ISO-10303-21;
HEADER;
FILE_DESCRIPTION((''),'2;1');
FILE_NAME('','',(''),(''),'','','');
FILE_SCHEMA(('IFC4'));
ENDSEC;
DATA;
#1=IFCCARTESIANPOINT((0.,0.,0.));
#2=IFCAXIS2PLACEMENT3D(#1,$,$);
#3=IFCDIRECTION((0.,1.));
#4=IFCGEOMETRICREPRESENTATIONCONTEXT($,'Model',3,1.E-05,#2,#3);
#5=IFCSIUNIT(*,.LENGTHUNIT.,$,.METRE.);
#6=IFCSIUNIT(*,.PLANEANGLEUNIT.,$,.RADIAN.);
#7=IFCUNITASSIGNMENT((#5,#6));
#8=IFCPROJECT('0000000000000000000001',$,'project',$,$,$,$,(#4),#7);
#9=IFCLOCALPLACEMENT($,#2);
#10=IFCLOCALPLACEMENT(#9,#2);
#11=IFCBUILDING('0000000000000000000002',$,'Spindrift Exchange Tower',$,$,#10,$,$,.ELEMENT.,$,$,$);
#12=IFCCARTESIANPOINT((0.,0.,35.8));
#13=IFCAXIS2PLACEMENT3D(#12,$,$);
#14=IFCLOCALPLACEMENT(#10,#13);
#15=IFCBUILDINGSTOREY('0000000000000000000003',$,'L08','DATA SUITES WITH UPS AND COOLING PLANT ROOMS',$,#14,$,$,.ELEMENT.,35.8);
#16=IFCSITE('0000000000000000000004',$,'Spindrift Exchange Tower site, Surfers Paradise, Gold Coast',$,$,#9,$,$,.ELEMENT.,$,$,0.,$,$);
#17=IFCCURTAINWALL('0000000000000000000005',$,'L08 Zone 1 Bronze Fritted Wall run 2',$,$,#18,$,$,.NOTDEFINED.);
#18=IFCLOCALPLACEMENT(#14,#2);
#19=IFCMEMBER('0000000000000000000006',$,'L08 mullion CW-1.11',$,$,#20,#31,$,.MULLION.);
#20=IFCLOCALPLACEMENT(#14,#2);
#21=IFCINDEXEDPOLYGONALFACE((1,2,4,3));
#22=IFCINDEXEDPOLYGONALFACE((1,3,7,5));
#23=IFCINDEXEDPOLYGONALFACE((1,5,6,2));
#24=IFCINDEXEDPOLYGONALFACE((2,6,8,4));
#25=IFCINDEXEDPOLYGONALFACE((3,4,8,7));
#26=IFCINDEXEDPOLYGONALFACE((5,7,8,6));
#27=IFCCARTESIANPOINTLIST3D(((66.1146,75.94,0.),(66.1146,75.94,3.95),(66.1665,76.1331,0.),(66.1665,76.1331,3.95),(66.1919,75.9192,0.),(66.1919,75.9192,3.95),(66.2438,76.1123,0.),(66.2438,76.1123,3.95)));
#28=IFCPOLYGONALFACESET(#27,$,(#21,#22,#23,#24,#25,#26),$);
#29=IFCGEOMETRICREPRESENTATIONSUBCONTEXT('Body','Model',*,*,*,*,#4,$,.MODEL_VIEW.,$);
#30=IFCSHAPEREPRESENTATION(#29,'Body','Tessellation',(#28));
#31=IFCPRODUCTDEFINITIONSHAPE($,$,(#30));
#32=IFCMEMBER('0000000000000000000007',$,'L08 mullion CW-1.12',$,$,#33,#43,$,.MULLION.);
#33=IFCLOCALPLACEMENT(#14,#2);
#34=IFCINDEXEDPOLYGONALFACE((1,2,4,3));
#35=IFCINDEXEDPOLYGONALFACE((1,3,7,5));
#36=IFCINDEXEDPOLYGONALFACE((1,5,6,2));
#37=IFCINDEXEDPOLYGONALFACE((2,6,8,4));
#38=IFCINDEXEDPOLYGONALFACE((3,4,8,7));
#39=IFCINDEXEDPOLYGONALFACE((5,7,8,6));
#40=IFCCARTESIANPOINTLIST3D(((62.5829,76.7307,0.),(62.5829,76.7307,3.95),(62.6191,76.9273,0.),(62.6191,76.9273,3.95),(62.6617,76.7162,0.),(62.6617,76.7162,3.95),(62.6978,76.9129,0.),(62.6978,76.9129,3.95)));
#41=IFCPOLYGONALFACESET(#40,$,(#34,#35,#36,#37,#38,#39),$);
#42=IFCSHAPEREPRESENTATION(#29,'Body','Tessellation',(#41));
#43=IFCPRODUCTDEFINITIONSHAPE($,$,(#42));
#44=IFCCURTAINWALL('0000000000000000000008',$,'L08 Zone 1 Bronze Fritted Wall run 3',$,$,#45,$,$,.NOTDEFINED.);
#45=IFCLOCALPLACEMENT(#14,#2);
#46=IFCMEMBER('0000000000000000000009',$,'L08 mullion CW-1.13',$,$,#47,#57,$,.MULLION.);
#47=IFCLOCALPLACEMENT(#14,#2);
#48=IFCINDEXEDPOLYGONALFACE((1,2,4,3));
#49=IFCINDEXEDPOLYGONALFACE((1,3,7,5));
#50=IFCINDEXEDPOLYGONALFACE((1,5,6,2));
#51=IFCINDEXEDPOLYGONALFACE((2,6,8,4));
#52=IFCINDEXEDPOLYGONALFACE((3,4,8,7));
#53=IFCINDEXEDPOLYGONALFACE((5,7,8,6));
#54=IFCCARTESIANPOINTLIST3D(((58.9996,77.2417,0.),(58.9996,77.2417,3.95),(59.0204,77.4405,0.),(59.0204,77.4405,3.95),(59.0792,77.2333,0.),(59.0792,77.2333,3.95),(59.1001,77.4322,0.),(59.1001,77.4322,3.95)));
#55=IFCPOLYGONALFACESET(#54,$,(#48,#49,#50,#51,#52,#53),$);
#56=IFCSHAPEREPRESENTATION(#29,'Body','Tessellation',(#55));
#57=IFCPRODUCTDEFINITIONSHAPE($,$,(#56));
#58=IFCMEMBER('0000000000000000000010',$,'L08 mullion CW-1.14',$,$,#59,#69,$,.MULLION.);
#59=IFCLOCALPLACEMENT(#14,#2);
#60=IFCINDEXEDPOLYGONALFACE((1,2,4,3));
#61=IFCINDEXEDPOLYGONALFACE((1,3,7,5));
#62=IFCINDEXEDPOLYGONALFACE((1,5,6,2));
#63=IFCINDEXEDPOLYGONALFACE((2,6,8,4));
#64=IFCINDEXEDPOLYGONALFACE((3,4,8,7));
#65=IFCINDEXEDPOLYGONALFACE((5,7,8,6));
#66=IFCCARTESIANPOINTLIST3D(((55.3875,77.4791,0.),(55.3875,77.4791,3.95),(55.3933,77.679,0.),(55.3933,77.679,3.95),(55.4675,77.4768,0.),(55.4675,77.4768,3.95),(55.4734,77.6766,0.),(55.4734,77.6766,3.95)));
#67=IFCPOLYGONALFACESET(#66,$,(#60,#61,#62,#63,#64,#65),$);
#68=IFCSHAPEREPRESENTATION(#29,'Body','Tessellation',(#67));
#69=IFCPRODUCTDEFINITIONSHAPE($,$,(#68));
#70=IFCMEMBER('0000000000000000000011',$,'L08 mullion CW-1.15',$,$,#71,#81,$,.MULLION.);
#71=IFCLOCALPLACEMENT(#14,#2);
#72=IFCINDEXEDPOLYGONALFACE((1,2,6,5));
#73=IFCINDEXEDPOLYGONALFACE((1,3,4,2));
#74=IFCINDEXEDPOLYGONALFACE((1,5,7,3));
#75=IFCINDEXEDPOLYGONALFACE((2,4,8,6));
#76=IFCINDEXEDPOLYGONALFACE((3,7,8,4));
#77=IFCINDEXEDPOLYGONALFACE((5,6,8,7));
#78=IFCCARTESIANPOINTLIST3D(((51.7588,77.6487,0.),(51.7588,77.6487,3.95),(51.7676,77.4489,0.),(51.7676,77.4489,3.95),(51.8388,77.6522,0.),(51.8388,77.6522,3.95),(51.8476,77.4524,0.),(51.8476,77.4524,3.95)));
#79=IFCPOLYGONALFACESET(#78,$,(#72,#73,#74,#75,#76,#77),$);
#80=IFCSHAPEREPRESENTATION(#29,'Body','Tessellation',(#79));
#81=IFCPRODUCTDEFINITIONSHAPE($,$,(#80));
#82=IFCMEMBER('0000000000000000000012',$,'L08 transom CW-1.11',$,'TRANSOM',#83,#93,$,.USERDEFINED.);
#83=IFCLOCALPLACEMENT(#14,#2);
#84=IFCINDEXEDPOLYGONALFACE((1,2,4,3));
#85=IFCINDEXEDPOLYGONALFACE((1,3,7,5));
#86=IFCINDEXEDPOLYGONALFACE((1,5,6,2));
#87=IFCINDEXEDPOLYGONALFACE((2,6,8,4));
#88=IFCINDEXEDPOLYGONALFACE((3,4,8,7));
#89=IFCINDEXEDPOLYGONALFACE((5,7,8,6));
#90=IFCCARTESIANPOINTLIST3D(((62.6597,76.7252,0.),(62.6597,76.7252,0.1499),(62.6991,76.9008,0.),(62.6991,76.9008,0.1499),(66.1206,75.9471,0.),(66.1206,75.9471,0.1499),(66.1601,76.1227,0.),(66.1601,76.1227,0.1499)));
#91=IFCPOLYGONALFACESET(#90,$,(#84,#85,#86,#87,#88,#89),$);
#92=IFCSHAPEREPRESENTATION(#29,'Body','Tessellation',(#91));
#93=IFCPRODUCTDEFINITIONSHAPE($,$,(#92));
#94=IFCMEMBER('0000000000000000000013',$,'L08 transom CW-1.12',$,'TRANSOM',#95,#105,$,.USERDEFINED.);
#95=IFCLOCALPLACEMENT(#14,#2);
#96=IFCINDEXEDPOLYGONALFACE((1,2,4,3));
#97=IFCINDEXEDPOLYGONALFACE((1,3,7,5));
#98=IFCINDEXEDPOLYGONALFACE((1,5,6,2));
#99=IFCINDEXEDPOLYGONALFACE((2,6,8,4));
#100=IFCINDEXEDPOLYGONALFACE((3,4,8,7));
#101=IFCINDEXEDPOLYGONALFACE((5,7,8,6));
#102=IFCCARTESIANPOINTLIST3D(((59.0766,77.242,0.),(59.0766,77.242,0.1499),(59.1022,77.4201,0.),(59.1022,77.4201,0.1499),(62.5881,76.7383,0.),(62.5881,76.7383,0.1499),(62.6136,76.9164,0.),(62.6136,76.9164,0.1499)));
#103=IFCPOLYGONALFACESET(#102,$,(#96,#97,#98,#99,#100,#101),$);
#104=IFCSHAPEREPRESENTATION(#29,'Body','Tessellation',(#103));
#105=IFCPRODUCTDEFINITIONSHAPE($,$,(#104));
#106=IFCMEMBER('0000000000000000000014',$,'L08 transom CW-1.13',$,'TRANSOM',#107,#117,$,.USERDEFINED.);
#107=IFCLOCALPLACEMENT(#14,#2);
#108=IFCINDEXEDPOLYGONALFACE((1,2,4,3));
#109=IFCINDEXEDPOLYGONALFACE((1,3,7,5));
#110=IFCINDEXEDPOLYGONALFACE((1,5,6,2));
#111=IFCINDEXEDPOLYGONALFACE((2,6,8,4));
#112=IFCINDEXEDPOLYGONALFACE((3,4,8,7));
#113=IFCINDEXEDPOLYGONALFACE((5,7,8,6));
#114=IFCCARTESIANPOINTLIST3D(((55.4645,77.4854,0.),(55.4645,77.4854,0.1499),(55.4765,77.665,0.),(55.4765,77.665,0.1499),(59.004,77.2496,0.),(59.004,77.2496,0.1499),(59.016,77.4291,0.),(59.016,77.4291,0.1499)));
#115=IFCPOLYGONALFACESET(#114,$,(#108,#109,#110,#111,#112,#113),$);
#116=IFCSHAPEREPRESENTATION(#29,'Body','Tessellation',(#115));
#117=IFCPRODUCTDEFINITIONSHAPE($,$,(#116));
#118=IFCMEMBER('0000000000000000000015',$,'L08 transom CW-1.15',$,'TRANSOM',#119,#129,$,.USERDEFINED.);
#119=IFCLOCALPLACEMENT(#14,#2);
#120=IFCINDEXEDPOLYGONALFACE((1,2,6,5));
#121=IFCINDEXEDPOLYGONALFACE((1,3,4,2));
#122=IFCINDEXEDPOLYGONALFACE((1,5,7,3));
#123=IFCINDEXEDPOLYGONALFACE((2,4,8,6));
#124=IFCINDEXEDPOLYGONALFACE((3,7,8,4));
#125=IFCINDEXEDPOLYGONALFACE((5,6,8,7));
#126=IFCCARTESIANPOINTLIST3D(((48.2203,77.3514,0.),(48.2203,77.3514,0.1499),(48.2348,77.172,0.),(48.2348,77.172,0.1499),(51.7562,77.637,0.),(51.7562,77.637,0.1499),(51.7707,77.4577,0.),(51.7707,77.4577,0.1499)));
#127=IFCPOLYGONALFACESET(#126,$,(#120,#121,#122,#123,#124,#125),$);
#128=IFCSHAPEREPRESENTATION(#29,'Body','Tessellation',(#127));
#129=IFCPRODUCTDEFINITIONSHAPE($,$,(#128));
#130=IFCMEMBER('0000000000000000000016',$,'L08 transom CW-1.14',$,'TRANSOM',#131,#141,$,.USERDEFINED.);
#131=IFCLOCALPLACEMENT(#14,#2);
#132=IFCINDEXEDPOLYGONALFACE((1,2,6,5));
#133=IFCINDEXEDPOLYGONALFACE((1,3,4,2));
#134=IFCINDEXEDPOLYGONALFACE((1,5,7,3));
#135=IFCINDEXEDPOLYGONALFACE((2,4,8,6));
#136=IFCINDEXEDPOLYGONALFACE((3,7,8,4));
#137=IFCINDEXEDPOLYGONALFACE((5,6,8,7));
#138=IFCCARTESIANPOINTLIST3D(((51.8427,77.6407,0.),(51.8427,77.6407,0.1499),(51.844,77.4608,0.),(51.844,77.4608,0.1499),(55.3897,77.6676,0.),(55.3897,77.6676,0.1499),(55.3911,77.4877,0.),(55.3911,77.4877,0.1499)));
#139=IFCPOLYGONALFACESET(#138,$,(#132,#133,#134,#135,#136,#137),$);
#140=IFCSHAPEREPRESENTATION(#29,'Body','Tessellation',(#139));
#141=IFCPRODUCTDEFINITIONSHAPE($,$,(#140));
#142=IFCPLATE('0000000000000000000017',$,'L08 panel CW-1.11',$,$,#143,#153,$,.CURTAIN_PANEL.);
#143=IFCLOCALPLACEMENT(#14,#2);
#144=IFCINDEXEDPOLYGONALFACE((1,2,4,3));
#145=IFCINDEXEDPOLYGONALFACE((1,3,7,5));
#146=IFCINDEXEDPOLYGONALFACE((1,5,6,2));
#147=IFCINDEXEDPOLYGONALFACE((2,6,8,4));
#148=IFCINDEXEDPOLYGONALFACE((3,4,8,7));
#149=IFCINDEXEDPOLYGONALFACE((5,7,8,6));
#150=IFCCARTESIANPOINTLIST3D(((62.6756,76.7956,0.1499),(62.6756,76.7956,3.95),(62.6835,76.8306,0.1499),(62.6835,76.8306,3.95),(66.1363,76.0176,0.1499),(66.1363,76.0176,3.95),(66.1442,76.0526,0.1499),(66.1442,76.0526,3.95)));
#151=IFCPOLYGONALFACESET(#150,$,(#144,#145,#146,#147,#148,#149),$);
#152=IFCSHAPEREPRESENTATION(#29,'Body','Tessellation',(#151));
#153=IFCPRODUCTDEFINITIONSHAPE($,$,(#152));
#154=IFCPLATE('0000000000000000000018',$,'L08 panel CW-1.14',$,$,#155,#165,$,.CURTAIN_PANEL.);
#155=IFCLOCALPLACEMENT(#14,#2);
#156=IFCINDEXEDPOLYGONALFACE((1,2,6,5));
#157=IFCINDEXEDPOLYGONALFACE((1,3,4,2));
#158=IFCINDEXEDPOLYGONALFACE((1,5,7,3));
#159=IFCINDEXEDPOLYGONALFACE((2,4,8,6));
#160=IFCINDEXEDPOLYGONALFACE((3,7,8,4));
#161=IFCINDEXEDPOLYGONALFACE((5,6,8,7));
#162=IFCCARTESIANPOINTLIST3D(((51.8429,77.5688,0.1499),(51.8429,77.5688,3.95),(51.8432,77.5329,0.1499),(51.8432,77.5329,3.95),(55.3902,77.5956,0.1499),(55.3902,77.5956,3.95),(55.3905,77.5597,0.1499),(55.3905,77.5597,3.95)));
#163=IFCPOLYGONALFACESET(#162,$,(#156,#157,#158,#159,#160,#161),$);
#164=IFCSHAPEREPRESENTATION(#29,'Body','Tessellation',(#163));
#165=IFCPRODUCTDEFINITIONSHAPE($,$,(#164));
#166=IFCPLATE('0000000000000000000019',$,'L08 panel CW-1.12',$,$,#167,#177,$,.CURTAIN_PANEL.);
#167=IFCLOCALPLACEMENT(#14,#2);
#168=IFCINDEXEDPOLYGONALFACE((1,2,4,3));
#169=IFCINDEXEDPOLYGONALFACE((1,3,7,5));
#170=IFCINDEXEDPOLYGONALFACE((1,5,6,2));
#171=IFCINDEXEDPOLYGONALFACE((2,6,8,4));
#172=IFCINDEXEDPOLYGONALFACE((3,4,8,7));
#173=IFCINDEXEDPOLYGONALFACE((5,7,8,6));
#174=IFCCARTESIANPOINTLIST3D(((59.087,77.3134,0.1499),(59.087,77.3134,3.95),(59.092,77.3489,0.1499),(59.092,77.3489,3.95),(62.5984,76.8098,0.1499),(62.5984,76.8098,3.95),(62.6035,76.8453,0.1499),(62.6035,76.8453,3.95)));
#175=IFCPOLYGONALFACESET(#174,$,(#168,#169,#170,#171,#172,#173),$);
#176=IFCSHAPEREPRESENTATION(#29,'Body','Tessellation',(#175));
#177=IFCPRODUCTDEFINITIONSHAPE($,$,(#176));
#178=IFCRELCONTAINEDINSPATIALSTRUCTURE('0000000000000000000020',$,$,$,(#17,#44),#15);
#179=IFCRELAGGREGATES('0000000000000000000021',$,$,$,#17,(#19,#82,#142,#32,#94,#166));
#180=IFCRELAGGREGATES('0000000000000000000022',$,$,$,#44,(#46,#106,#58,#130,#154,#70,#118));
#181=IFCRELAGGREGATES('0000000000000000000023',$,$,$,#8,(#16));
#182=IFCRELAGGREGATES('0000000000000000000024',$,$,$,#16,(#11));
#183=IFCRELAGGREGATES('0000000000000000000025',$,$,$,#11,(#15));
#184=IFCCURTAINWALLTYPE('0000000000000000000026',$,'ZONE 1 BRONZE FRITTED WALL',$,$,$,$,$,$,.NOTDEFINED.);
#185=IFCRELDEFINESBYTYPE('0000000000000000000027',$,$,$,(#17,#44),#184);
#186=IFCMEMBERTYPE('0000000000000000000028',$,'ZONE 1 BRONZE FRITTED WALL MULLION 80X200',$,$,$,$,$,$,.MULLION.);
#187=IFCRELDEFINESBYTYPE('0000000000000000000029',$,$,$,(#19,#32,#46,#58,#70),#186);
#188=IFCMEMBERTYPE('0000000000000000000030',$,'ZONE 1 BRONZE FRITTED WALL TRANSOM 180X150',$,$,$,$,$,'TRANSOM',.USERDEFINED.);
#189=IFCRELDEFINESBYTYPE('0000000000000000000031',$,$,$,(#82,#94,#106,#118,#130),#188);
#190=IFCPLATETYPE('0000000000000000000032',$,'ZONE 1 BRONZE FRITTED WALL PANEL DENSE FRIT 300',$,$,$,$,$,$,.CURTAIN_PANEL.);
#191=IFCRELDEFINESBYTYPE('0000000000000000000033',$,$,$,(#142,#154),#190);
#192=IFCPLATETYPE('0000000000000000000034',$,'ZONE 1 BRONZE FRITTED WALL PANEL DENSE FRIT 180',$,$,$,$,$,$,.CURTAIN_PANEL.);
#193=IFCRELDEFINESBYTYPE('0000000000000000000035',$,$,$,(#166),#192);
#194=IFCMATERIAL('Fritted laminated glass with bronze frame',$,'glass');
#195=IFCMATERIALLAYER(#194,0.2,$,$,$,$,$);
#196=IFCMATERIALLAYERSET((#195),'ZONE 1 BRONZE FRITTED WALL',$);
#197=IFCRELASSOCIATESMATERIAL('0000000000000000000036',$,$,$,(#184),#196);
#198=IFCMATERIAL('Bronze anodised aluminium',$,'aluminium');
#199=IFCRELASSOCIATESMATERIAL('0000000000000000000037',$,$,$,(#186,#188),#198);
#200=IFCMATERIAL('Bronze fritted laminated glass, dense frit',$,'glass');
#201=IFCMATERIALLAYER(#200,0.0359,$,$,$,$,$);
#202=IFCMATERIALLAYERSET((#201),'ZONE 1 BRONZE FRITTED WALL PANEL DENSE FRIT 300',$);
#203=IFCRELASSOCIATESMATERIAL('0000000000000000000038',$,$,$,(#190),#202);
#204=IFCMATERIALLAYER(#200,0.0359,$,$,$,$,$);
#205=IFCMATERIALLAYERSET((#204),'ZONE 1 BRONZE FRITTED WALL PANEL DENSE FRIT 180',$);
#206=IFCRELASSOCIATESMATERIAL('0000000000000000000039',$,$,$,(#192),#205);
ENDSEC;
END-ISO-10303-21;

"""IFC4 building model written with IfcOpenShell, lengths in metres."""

from ifc_helpers import new_model, si_unit, direction, frame, origin, origin_2d, place, context, subcontext, project, spatial, rectangle, extrude, source, transform, mapped, material, layer, layer_set, material_profile, profile_set, type_object, element, aggregate, save


model = new_model("IFC4")

# Units and contexts
model_context = context("Model", 3, precision=1e-05, world=origin(), true_north=direction((0.0, 1.0)))
body_context = subcontext(model_context, "Body", "Model", "MODEL_VIEW")
ifc_project = project(units=[si_unit("LENGTHUNIT", "METRE"), si_unit("PLANEANGLEUNIT", "RADIAN")], contexts=[model_context])

# Site, building, storey
site_placement = place(None, origin())
site = spatial("IfcSite", under=ifc_project, at=site_placement, Name="Spindrift Exchange Tower site, Surfers Paradise, Gold Coast", CompositionType="ELEMENT", RefElevation=0.0)
building_placement = place(site_placement, origin())
building = spatial("IfcBuilding", under=site, at=building_placement, Name="Spindrift Exchange Tower", CompositionType="ELEMENT")
storey_placement = place(building_placement, frame((0.0, 0.0, 35.8)))
storey = spatial("IfcBuildingStorey", under=building, at=storey_placement, Name="L08", Description="DATA SUITES WITH UPS AND COOLING PLANT ROOMS", CompositionType="ELEMENT", Elevation=35.8)

# Curtain walls, members
ifc_material_1 = material(Name="Fritted laminated glass with bronze frame", Category="glass")
ifc_layer_1 = layer(ifc_material_1, 0.2)
ifc_layer_set_1 = layer_set([ifc_layer_1], Name="ZONE 1 BRONZE FRITTED WALL")
curtain_wall_type = type_object("IfcCurtainWallType", Name="ZONE 1 BRONZE FRITTED WALL", PredefinedType="NOTDEFINED", material=ifc_layer_set_1)
curtain_wall_1_placement = place(storey_placement, origin())
curtain_wall_1 = element("IfcCurtainWall", 1, at=curtain_wall_1_placement, inside=storey, type_object=curtain_wall_type, Name="L08 Zone 1 Bronze Fritted Wall run 2", PredefinedType="NOTDEFINED")
ifc_material_2 = material(Name="Bronze anodised aluminium", Category="aluminium")
ifc_material_profile_1 = material_profile(ifc_material_2, rectangle(XDim=0.0801, YDim=0.2, at=origin_2d()), Name="ZONE 1 BRONZE FRITTED WALL MULLION 80X200")
ifc_profile_set_1 = profile_set([ifc_material_profile_1], Name="Bronze anodised aluminium")
member_type_1 = type_object("IfcMemberType", Name="ZONE 1 BRONZE FRITTED WALL MULLION 80X200", PredefinedType="MULLION", material=ifc_profile_set_1)
shared_shape_1 = source(origin(), body_context, "Body", "SweptSolid", [
    extrude(rectangle(XDim=0.0801, YDim=0.2, at=origin_2d()), origin(), (0.0, 0.0, 1.0), 3.95),
])
member_1_placement = place(storey_placement, frame((66.1792, 76.0261, 0.0), z_axis=(0.0, 0.0, 1.0), x_axis=(-0.965781, 0.25936, 0.0)))
member_1 = element("IfcMember", 2, at=member_1_placement, type_object=member_type_1, Name="L08 mullion CW-1.11", PredefinedType="MULLION", context=body_context, shape_type="MappedRepresentation", body=[
    mapped(shared_shape_1, transform((0.0, 0.0, 0.0), scale=1.0)),
])
member_2_placement = place(storey_placement, frame((62.6404, 76.8218, 0.0), z_axis=(0.0, 0.0, 1.0), x_axis=(-0.98352, 0.180799, 0.0)))
member_2 = element("IfcMember", 3, at=member_2_placement, type_object=member_type_1, Name="L08 mullion CW-1.12", PredefinedType="MULLION", context=body_context, shape_type="MappedRepresentation", body=[
    mapped(shared_shape_1, transform((0.0, 0.0, 0.0), scale=1.0)),
])
curtain_wall_2_placement = place(storey_placement, origin())
curtain_wall_2 = element("IfcCurtainWall", 4, at=curtain_wall_2_placement, inside=storey, type_object=curtain_wall_type, Name="L08 Zone 1 Bronze Fritted Wall run 3", PredefinedType="NOTDEFINED")
member_3_placement = place(storey_placement, frame((59.0498, 77.3369, 0.0), z_axis=(0.0, 0.0, 1.0), x_axis=(-0.994546, 0.104298, 0.0)))
member_3 = element("IfcMember", 5, at=member_3_placement, type_object=member_type_1, Name="L08 mullion CW-1.13", PredefinedType="MULLION", context=body_context, shape_type="MappedRepresentation", body=[
    mapped(shared_shape_1, transform((0.0, 0.0, 0.0), scale=1.0)),
])
member_4_placement = place(storey_placement, frame((55.4304, 77.5779, 0.0), z_axis=(0.0, 0.0, 1.0), x_axis=(-0.999565, 0.029477, 0.0)))
member_4 = element("IfcMember", 6, at=member_4_placement, type_object=member_type_1, Name="L08 mullion CW-1.14", PredefinedType="MULLION", context=body_context, shape_type="MappedRepresentation", body=[
    mapped(shared_shape_1, transform((0.0, 0.0, 0.0), scale=1.0)),
])
member_5_placement = place(storey_placement, frame((51.8032, 77.5505, 0.0), z_axis=(0.0, 0.0, 1.0), x_axis=(-0.999028, -0.044069, 0.0)))
member_5 = element("IfcMember", 7, at=member_5_placement, type_object=member_type_1, Name="L08 mullion CW-1.15", PredefinedType="MULLION", context=body_context, shape_type="MappedRepresentation", body=[
    mapped(shared_shape_1, transform((0.0, 0.0, 0.0), scale=1.0)),
])

# Members
ifc_material_profile_2 = material_profile(ifc_material_2, rectangle(XDim=0.1799, YDim=0.1499, at=origin_2d()), Name="ZONE 1 BRONZE FRITTED WALL TRANSOM 180X150")
ifc_profile_set_2 = profile_set([ifc_material_profile_2], Name="Bronze anodised aluminium")
member_type_2 = type_object("IfcMemberType", Name="ZONE 1 BRONZE FRITTED WALL TRANSOM 180X150", ElementType="TRANSOM", PredefinedType="USERDEFINED", material=ifc_profile_set_2)
shared_shape_2 = source(origin(), body_context, "Body", "SweptSolid", [
    extrude(rectangle(XDim=0.1799, YDim=0.1499, at=origin_2d()), origin(), (0.0, 0.0, 1.0), 3.5474),
])
member_6_placement = place(storey_placement, frame((66.1404, 76.0349, 0.075), z_axis=(-0.975648, 0.219342, 0.0), x_axis=(-0.219342, -0.975648, 0.0)))
member_6 = element("IfcMember", 8, at=member_6_placement, type_object=member_type_2, Name="L08 transom CW-1.11", ObjectType="TRANSOM", PredefinedType="USERDEFINED", context=body_context, shape_type="MappedRepresentation", body=[
    mapped(shared_shape_2, transform((0.0, 0.0, 0.0), scale=1.0)),
])
member_7_placement = place(storey_placement, frame((62.6008, 76.8274, 0.075), z_axis=(-0.98987, 0.14198, 0.0), x_axis=(-0.14198, -0.98987, 0.0)))
member_7 = element("IfcMember", 9, at=member_7_placement, type_object=member_type_2, Name="L08 transom CW-1.12", ObjectType="TRANSOM", PredefinedType="USERDEFINED", context=body_context, shape_type="MappedRepresentation", body=[
    mapped(shared_shape_2, transform((0.0, 0.0, 0.0), scale=1.0)),
])
member_8_placement = place(storey_placement, frame((59.01, 77.3394, 0.075), z_axis=(-0.997788, 0.066482, 0.0), x_axis=(-0.066482, -0.997788, 0.0)))
member_8 = element("IfcMember", 10, at=member_8_placement, type_object=member_type_2, Name="L08 transom CW-1.13", ObjectType="TRANSOM", PredefinedType="USERDEFINED", context=body_context, shape_type="MappedRepresentation", body=[
    mapped(shared_shape_2, transform((0.0, 0.0, 0.0), scale=1.0)),
])
member_9_placement = place(storey_placement, frame((51.7634, 77.5474, 0.075), z_axis=(-0.996753, -0.080522, 0.0), x_axis=(0.080522, -0.996753, 0.0)))
member_9 = element("IfcMember", 11, at=member_9_placement, type_object=member_type_2, Name="L08 transom CW-1.15", ObjectType="TRANSOM", PredefinedType="USERDEFINED", context=body_context, shape_type="MappedRepresentation", body=[
    mapped(shared_shape_2, transform((0.0, 0.0, 0.0), scale=1.0)),
])
shared_shape_3 = source(origin(), body_context, "Body", "SweptSolid", [
    extrude(rectangle(XDim=0.1799, YDim=0.1499, at=origin_2d()), origin(), (0.0, 0.0, 1.0), 3.5471),
])
member_10_placement = place(storey_placement, frame((55.3904, 77.5776, 0.075), z_axis=(-0.999971, -0.007571, 0.0), x_axis=(0.007571, -0.999971, 0.0)))
member_10 = element("IfcMember", 12, at=member_10_placement, type_object=member_type_2, Name="L08 transom CW-1.14", ObjectType="TRANSOM", PredefinedType="USERDEFINED", context=body_context, shape_type="MappedRepresentation", body=[
    mapped(shared_shape_3, transform((0.0, 0.0, 0.0), scale=1.0)),
])

# Plates
ifc_material_3 = material(Name="Bronze fritted laminated glass, dense frit", Category="glass")
ifc_layer_2 = layer(ifc_material_3, 0.0359)
ifc_layer_set_2 = layer_set([ifc_layer_2], Name="ZONE 1 BRONZE FRITTED WALL PANEL DENSE FRIT 300")
plate_type_1 = type_object("IfcPlateType", Name="ZONE 1 BRONZE FRITTED WALL PANEL DENSE FRIT 300", PredefinedType="CURTAIN_PANEL", material=ifc_layer_set_2)
shared_shape_4 = source(origin(), body_context, "Body", "SweptSolid", [
    extrude(rectangle(XDim=3.5471, YDim=0.0359, at=origin_2d()), origin(), (0.0, 0.0, 1.0), 3.8),
])
plate_1_placement = place(storey_placement, frame((64.4099, 76.4241, 0.1499), z_axis=(0.0, 0.0, 1.0), x_axis=(-0.975648, 0.21934, 0.0)))
plate_1 = element("IfcPlate", 13, at=plate_1_placement, type_object=plate_type_1, Name="L08 panel CW-1.11", PredefinedType="CURTAIN_PANEL", context=body_context, shape_type="MappedRepresentation", body=[
    mapped(shared_shape_4, transform((0.0, 0.0, 0.0), scale=1.0)),
])
shared_shape_5 = source(origin(), body_context, "Body", "SweptSolid", [
    extrude(rectangle(XDim=3.5474, YDim=0.0359, at=origin_2d()), origin(), (0.0, 0.0, 1.0), 3.8),
])
plate_2_placement = place(storey_placement, frame((53.6167, 77.5642, 0.1499), z_axis=(0.0, 0.0, 1.0), x_axis=(-0.999971, -0.007554, 0.0)))
plate_2 = element("IfcPlate", 14, at=plate_2_placement, type_object=plate_type_1, Name="L08 panel CW-1.14", PredefinedType="CURTAIN_PANEL", context=body_context, shape_type="MappedRepresentation", body=[
    mapped(shared_shape_5, transform((0.0, 0.0, 0.0), scale=1.0)),
])
ifc_layer_3 = layer(ifc_material_3, 0.0359)
ifc_layer_set_3 = layer_set([ifc_layer_3], Name="ZONE 1 BRONZE FRITTED WALL PANEL DENSE FRIT 180")
plate_type_2 = type_object("IfcPlateType", Name="ZONE 1 BRONZE FRITTED WALL PANEL DENSE FRIT 180", PredefinedType="CURTAIN_PANEL", material=ifc_layer_set_3)
shared_shape_6 = source(origin(), body_context, "Body", "SweptSolid", [
    extrude(rectangle(XDim=3.5474, YDim=0.0359, at=origin_2d()), origin(), (0.0, 0.0, 1.0), 3.8),
])
plate_3_placement = place(storey_placement, frame((60.8452, 77.0793, 0.1499), z_axis=(0.0, 0.0, 1.0), x_axis=(-0.98987, 0.141978, 0.0)))
plate_3 = element("IfcPlate", 15, at=plate_3_placement, type_object=plate_type_2, Name="L08 panel CW-1.12", PredefinedType="CURTAIN_PANEL", context=body_context, shape_type="MappedRepresentation", body=[
    mapped(shared_shape_6, transform((0.0, 0.0, 0.0), scale=1.0)),
])
aggregate(curtain_wall_1, [member_1, member_6, plate_1, member_2, member_7, plate_3])
aggregate(curtain_wall_2, [member_3, member_8, member_4, member_10, plate_2, member_5, member_9])

save(model, "model.ifc")
